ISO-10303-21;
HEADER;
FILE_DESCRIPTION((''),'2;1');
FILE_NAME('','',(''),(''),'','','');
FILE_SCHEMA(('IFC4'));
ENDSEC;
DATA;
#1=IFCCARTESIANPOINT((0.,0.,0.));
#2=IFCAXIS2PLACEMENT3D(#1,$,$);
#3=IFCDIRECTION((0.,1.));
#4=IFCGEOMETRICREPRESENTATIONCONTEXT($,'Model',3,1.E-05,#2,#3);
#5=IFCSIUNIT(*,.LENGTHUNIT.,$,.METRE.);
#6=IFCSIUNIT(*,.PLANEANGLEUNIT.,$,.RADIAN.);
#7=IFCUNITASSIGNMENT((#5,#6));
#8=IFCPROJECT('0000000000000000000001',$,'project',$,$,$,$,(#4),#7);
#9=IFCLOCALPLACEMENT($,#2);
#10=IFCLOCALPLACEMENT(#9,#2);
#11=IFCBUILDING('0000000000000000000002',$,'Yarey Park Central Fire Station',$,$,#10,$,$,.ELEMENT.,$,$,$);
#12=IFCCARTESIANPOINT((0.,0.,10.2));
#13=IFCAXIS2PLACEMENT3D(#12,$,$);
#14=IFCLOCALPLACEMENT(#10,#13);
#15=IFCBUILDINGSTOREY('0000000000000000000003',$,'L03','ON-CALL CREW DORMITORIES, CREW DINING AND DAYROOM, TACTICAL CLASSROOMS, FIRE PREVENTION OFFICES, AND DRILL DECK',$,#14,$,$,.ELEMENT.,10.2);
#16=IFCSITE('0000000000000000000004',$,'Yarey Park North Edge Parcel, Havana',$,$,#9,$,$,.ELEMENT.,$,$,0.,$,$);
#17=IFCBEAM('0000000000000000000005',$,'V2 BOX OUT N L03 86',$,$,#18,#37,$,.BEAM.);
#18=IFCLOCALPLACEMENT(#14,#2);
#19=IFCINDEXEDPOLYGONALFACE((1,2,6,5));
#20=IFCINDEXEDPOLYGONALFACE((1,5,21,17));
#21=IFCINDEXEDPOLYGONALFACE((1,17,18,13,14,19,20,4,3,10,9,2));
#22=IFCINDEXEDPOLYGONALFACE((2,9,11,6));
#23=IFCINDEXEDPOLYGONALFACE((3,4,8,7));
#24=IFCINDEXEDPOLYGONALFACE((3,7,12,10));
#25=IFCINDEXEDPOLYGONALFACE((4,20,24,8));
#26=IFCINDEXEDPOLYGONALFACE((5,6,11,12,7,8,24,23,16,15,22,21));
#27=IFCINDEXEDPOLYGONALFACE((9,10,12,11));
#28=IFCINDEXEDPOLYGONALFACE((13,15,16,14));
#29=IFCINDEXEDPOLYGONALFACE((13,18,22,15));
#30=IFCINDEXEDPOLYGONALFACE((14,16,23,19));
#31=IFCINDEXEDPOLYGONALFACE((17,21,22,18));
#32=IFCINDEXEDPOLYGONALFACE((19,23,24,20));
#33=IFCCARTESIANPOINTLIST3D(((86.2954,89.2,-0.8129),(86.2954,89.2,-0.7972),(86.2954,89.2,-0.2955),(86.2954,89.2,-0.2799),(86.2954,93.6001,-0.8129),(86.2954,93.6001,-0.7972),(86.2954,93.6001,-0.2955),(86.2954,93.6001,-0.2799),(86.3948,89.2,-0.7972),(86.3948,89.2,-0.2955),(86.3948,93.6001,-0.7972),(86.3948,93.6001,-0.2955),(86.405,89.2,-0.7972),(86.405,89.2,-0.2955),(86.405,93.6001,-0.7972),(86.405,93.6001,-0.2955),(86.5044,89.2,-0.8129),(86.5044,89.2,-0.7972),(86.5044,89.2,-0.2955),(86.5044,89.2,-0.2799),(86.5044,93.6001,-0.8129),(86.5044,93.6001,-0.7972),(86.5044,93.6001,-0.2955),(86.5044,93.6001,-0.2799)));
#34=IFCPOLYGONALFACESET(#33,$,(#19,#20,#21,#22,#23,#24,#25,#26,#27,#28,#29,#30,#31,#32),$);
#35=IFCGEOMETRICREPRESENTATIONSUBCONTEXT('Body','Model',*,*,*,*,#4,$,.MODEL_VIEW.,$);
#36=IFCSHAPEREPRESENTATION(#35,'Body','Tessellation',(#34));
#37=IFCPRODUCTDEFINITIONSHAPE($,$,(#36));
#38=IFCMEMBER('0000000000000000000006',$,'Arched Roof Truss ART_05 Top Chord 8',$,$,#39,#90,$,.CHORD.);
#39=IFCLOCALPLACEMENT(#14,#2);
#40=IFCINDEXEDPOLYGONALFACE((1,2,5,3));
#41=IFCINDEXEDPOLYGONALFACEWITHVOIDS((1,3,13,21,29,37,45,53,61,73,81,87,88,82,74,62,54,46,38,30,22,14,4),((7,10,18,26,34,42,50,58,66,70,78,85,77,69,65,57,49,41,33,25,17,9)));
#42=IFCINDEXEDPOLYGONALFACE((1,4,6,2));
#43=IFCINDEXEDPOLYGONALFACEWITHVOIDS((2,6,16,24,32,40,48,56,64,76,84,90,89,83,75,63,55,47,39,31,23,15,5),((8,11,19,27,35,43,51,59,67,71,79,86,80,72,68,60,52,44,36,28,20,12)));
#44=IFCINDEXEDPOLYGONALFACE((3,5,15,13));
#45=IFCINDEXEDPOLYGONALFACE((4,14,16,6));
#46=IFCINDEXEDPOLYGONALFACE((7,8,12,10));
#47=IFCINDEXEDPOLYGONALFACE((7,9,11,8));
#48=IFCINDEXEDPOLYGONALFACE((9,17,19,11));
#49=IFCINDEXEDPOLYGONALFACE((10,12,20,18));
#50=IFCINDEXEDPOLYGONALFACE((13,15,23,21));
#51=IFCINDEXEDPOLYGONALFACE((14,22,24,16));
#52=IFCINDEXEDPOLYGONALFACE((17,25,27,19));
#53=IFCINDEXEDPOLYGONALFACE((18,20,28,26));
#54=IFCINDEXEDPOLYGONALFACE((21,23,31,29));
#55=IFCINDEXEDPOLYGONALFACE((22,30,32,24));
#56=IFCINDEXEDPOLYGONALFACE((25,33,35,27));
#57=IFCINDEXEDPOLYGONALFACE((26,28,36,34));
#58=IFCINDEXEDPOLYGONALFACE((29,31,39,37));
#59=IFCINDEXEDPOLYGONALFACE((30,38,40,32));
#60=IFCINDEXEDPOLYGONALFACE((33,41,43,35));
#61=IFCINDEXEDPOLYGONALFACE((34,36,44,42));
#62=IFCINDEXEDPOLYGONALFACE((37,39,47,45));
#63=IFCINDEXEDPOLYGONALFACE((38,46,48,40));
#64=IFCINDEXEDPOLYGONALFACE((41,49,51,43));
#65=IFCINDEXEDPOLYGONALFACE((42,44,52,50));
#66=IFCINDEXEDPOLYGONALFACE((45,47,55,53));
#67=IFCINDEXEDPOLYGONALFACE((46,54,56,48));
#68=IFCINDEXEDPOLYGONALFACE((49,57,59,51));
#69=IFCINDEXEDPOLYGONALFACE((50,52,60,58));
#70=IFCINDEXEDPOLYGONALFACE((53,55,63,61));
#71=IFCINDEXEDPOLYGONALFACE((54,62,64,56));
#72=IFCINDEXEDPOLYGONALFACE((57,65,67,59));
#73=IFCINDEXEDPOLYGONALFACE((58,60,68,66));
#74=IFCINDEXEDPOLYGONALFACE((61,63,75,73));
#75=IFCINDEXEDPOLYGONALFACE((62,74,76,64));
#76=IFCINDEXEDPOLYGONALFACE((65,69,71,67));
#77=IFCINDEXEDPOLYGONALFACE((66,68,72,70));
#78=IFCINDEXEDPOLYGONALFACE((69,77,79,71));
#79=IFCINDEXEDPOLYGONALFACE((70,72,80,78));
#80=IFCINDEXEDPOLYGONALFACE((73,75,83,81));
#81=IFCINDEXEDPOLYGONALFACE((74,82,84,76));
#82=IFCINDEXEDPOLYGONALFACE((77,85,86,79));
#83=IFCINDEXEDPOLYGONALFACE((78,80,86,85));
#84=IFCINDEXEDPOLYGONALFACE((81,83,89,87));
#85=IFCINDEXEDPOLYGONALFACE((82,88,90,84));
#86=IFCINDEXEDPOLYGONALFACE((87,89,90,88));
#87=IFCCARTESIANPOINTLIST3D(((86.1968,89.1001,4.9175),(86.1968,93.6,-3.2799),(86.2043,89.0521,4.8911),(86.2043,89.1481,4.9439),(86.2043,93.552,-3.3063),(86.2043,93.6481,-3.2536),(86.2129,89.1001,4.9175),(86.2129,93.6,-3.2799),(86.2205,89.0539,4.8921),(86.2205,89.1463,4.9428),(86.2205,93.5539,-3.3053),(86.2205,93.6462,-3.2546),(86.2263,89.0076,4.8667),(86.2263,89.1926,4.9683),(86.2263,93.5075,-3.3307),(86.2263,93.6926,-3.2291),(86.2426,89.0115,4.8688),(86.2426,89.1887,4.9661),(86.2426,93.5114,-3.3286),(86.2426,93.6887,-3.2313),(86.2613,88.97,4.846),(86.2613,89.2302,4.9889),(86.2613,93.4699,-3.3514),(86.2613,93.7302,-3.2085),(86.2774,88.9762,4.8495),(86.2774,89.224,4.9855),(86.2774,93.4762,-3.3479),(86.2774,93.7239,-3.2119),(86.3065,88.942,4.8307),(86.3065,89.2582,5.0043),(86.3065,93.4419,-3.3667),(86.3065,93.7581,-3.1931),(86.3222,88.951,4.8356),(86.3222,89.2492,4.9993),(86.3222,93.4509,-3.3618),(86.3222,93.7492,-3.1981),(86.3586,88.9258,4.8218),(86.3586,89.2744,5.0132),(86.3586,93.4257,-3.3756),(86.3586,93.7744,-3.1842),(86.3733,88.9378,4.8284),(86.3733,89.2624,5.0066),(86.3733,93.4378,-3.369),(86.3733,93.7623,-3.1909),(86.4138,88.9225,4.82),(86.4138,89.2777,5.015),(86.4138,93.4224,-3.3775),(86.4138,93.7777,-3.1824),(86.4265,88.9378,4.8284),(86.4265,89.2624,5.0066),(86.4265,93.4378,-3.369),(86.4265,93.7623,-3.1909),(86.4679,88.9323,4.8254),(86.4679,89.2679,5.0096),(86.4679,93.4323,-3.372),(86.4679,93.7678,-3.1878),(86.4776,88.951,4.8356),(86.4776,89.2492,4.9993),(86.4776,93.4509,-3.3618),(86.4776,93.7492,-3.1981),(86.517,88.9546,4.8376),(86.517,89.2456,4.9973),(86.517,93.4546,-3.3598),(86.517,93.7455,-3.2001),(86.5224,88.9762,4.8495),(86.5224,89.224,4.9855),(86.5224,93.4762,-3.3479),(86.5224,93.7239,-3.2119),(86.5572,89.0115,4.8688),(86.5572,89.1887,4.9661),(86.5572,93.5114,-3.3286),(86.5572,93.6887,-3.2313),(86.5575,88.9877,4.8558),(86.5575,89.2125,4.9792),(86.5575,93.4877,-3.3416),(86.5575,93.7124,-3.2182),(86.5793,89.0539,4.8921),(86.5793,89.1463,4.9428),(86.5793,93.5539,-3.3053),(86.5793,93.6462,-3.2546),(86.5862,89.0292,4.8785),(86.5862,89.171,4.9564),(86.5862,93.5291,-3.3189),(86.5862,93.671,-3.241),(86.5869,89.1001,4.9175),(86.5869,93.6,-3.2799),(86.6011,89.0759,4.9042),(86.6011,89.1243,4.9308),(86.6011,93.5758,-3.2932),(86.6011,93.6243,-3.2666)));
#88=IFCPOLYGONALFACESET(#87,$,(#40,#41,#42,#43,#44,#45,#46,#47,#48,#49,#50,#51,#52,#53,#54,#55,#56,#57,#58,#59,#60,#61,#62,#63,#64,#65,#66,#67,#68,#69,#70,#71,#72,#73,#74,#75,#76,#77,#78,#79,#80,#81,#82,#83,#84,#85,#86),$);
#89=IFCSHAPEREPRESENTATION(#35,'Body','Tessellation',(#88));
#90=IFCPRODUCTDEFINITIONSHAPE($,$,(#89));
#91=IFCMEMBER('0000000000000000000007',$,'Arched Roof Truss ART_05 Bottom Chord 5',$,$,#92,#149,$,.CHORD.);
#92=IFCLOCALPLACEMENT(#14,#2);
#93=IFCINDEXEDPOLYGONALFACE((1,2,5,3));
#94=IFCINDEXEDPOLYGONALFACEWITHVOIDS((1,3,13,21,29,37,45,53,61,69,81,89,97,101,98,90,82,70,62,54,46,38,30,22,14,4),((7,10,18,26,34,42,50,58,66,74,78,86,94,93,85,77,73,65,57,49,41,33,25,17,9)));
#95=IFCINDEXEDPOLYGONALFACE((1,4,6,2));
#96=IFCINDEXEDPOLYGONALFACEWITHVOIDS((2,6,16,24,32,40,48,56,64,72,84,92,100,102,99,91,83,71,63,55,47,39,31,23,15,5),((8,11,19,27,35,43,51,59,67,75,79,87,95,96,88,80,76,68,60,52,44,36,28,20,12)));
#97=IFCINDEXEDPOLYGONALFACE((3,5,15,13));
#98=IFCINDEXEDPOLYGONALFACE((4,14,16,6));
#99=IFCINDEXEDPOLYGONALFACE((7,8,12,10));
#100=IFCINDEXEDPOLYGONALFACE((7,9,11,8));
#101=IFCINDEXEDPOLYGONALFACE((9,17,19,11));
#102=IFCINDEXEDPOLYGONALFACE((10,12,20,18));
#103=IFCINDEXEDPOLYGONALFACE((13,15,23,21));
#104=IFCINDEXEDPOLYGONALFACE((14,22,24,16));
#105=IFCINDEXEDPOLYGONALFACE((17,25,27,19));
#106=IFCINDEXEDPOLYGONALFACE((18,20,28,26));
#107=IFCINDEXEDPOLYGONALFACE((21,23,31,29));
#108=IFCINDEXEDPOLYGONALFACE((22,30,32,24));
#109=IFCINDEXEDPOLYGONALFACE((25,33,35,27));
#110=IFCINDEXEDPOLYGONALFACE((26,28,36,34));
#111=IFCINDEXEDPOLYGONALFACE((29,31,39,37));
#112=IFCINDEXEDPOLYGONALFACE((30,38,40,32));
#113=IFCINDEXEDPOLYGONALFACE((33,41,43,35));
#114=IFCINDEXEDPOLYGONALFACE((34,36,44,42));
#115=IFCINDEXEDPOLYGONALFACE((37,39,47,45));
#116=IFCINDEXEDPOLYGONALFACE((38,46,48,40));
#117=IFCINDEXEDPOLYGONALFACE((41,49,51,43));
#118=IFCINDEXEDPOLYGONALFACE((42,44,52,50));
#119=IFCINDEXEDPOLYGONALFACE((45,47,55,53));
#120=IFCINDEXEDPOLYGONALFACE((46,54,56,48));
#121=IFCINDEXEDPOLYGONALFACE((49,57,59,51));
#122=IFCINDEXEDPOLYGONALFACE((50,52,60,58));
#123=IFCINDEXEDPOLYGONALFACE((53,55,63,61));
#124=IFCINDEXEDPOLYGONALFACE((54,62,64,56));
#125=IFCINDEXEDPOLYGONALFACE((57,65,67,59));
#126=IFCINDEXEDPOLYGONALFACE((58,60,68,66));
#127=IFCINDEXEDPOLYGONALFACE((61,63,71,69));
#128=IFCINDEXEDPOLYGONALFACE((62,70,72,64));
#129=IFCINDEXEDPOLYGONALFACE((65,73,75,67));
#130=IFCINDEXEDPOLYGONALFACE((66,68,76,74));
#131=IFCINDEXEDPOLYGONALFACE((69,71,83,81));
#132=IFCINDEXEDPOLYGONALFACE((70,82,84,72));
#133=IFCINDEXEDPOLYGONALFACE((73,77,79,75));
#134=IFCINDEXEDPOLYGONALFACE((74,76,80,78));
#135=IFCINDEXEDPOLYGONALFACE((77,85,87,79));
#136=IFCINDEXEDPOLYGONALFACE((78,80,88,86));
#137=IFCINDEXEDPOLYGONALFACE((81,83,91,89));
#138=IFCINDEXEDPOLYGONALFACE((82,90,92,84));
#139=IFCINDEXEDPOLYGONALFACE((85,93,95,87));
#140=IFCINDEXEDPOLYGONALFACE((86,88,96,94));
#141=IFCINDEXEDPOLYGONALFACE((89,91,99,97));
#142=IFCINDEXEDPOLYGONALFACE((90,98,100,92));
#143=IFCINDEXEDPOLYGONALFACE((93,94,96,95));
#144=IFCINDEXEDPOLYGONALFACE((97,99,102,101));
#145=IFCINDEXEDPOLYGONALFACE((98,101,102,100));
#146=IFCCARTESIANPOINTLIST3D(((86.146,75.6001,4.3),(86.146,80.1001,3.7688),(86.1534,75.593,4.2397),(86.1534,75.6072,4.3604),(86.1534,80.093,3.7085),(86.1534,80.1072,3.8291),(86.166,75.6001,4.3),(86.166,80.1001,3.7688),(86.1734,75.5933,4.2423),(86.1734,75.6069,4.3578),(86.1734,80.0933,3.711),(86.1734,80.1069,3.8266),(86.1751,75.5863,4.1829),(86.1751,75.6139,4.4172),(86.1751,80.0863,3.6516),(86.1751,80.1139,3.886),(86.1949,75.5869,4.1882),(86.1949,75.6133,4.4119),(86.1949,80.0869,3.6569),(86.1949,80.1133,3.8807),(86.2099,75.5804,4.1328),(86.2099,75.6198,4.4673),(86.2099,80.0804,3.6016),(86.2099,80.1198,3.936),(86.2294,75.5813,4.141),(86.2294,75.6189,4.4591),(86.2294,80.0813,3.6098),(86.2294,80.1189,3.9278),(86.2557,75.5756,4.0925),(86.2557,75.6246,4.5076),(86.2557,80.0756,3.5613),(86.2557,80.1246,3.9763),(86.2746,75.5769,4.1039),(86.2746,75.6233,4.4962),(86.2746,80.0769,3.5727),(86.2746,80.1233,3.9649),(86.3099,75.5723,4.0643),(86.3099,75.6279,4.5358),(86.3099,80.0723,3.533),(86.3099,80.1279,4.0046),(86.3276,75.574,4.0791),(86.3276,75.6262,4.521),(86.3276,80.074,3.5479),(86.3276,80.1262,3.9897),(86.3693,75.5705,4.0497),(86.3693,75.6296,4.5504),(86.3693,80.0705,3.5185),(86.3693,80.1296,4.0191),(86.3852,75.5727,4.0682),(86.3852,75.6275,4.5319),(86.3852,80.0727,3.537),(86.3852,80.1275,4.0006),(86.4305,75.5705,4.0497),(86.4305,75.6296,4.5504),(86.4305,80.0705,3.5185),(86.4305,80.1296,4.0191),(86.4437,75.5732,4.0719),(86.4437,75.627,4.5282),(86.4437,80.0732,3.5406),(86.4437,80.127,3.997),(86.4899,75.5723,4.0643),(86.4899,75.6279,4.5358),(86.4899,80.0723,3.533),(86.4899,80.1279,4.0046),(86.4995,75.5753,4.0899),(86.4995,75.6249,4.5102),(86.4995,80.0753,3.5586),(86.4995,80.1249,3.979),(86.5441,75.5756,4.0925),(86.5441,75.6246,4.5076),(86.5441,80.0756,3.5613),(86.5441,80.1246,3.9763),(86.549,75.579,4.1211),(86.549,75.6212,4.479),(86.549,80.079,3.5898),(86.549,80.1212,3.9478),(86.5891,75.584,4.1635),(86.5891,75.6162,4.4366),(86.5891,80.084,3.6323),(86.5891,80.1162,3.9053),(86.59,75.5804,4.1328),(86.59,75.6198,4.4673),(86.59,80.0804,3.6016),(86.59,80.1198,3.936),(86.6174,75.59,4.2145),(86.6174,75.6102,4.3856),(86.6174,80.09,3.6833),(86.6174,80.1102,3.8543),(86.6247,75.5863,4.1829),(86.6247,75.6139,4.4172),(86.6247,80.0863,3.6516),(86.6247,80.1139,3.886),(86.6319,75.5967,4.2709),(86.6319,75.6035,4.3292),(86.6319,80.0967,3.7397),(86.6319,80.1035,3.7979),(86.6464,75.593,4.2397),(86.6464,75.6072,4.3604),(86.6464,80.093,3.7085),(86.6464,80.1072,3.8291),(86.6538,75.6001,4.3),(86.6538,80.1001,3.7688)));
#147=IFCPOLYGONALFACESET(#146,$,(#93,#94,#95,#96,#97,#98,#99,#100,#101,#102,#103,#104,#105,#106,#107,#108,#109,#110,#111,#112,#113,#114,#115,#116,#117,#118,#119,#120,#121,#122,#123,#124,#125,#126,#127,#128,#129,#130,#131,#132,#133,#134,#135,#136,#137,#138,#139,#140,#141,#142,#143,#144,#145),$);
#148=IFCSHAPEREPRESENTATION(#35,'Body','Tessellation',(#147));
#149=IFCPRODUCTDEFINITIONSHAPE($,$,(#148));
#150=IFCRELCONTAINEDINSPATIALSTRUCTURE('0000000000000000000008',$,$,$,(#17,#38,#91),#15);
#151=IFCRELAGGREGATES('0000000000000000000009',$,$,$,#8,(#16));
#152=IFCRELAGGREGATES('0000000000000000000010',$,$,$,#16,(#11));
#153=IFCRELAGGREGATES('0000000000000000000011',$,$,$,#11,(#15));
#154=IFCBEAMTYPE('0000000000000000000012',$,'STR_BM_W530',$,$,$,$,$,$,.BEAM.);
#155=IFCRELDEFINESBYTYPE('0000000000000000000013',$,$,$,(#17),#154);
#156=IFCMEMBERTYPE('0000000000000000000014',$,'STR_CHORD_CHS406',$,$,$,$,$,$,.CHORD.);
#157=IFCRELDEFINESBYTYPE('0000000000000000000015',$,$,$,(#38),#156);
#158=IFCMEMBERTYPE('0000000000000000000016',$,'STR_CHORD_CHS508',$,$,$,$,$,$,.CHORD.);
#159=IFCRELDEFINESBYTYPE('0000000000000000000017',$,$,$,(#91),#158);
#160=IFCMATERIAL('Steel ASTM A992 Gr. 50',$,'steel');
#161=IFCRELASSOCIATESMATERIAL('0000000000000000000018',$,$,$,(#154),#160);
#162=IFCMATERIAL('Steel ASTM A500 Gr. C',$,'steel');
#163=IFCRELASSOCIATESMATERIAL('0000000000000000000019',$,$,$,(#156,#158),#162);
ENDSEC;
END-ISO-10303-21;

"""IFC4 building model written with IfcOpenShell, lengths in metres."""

from ifc_helpers import new_model, si_unit, direction, frame, origin, origin_2d, place, context, subcontext, project, spatial, hollow_circle, i_section, extrude, material, material_profile, profile_set, type_object, element, save


model = new_model("IFC4")

# Units and contexts
model_context = context("Model", 3, precision=1e-05, world=origin(), true_north=direction((0.0, 1.0)))
body_context = subcontext(model_context, "Body", "Model", "MODEL_VIEW")
ifc_project = project(units=[si_unit("LENGTHUNIT", "METRE"), si_unit("PLANEANGLEUNIT", "RADIAN")], contexts=[model_context])

# Site, building, storey
site_placement = place(None, origin())
site = spatial("IfcSite", under=ifc_project, at=site_placement, Name="Yarey Park North Edge Parcel, Havana", CompositionType="ELEMENT", RefElevation=0.0)
building_placement = place(site_placement, origin())
building = spatial("IfcBuilding", under=site, at=building_placement, Name="Yarey Park Central Fire Station", CompositionType="ELEMENT")
storey_placement = place(building_placement, frame((0.0, 0.0, 10.2)))
storey = spatial("IfcBuildingStorey", under=building, at=storey_placement, Name="L03", Description="ON-CALL CREW DORMITORIES, CREW DINING AND DAYROOM, TACTICAL CLASSROOMS, FIRE PREVENTION OFFICES, AND DRILL DECK", CompositionType="ELEMENT", Elevation=10.2)

# Beam
ifc_material_1 = material(Name="Steel ASTM A992 Gr. 50", Category="steel")
ifc_material_profile_1 = material_profile(ifc_material_1, i_section(OverallWidth=0.209, OverallDepth=0.533, WebThickness=0.0103, FlangeThickness=0.0156, at=origin_2d()), Name="W530x92")
ifc_profile_set_1 = profile_set([ifc_material_profile_1], Name="Steel ASTM A992 Gr. 50")
beam_type = type_object("IfcBeamType", Name="STR_BM_W530", PredefinedType="BEAM", material=ifc_profile_set_1)
beam_placement = place(storey_placement, frame((86.3999, 89.2, -0.5464), z_axis=(0.0, 1.0, 0.0), x_axis=(-1.0, 0.0, 0.0)))
element("IfcBeam", 1, at=beam_placement, inside=storey, type_object=beam_type, Name="V2 BOX OUT N L03 86", PredefinedType="BEAM", context=body_context, shape_type="SweptSolid", body=[
    extrude(i_section(OverallWidth=0.209, OverallDepth=0.533, WebThickness=0.0103, FlangeThickness=0.0156, at=origin_2d()), origin(), (0.0, 0.0, 1.0), 4.4001),
])

# Members
ifc_material_2 = material(Name="Steel ASTM A500 Gr. C", Category="steel")
ifc_material_profile_2 = material_profile(ifc_material_2, hollow_circle(Radius=0.2031, WallThickness=0.0161, at=origin_2d()), Name="CHS 406.4x16")
ifc_profile_set_2 = profile_set([ifc_material_profile_2], Name="Steel ASTM A500 Gr. C")
member_type_1 = type_object("IfcMemberType", Name="STR_CHORD_CHS406", PredefinedType="CHORD", material=ifc_profile_set_2)
member_1_placement = place(storey_placement, frame((86.3999, 89.1001, 4.9175), z_axis=(0.0, 0.48121, -0.876605), x_axis=(-1.0, 0.0, 0.0)))
element("IfcMember", 2, at=member_1_placement, inside=storey, type_object=member_type_1, Name="Arched Roof Truss ART_05 Top Chord 8", PredefinedType="CHORD", context=body_context, shape_type="SweptSolid", body=[
    extrude(hollow_circle(Radius=0.2031, WallThickness=0.0161, at=origin_2d()), origin(), (0.0, 0.0, 1.0), 9.3513),
])
ifc_material_profile_3 = material_profile(ifc_material_2, hollow_circle(Radius=0.2539, WallThickness=0.02, at=origin_2d()), Name="CHS 508x20")
ifc_profile_set_3 = profile_set([ifc_material_profile_3], Name="Steel ASTM A500 Gr. C")
member_type_2 = type_object("IfcMemberType", Name="STR_CHORD_CHS508", PredefinedType="CHORD", material=ifc_profile_set_3)
member_2_placement = place(storey_placement, frame((86.3999, 75.6001, 4.3), z_axis=(0.0, 0.993103, -0.117241), x_axis=(-1.0, 0.0, 0.0)))
element("IfcMember", 3, at=member_2_placement, inside=storey, type_object=member_type_2, Name="Arched Roof Truss ART_05 Bottom Chord 5", PredefinedType="CHORD", context=body_context, shape_type="SweptSolid", body=[
    extrude(hollow_circle(Radius=0.2539, WallThickness=0.02, at=origin_2d()), origin(), (0.0, 0.0, 1.0), 4.5312),
])

save(model, "model.ifc")
